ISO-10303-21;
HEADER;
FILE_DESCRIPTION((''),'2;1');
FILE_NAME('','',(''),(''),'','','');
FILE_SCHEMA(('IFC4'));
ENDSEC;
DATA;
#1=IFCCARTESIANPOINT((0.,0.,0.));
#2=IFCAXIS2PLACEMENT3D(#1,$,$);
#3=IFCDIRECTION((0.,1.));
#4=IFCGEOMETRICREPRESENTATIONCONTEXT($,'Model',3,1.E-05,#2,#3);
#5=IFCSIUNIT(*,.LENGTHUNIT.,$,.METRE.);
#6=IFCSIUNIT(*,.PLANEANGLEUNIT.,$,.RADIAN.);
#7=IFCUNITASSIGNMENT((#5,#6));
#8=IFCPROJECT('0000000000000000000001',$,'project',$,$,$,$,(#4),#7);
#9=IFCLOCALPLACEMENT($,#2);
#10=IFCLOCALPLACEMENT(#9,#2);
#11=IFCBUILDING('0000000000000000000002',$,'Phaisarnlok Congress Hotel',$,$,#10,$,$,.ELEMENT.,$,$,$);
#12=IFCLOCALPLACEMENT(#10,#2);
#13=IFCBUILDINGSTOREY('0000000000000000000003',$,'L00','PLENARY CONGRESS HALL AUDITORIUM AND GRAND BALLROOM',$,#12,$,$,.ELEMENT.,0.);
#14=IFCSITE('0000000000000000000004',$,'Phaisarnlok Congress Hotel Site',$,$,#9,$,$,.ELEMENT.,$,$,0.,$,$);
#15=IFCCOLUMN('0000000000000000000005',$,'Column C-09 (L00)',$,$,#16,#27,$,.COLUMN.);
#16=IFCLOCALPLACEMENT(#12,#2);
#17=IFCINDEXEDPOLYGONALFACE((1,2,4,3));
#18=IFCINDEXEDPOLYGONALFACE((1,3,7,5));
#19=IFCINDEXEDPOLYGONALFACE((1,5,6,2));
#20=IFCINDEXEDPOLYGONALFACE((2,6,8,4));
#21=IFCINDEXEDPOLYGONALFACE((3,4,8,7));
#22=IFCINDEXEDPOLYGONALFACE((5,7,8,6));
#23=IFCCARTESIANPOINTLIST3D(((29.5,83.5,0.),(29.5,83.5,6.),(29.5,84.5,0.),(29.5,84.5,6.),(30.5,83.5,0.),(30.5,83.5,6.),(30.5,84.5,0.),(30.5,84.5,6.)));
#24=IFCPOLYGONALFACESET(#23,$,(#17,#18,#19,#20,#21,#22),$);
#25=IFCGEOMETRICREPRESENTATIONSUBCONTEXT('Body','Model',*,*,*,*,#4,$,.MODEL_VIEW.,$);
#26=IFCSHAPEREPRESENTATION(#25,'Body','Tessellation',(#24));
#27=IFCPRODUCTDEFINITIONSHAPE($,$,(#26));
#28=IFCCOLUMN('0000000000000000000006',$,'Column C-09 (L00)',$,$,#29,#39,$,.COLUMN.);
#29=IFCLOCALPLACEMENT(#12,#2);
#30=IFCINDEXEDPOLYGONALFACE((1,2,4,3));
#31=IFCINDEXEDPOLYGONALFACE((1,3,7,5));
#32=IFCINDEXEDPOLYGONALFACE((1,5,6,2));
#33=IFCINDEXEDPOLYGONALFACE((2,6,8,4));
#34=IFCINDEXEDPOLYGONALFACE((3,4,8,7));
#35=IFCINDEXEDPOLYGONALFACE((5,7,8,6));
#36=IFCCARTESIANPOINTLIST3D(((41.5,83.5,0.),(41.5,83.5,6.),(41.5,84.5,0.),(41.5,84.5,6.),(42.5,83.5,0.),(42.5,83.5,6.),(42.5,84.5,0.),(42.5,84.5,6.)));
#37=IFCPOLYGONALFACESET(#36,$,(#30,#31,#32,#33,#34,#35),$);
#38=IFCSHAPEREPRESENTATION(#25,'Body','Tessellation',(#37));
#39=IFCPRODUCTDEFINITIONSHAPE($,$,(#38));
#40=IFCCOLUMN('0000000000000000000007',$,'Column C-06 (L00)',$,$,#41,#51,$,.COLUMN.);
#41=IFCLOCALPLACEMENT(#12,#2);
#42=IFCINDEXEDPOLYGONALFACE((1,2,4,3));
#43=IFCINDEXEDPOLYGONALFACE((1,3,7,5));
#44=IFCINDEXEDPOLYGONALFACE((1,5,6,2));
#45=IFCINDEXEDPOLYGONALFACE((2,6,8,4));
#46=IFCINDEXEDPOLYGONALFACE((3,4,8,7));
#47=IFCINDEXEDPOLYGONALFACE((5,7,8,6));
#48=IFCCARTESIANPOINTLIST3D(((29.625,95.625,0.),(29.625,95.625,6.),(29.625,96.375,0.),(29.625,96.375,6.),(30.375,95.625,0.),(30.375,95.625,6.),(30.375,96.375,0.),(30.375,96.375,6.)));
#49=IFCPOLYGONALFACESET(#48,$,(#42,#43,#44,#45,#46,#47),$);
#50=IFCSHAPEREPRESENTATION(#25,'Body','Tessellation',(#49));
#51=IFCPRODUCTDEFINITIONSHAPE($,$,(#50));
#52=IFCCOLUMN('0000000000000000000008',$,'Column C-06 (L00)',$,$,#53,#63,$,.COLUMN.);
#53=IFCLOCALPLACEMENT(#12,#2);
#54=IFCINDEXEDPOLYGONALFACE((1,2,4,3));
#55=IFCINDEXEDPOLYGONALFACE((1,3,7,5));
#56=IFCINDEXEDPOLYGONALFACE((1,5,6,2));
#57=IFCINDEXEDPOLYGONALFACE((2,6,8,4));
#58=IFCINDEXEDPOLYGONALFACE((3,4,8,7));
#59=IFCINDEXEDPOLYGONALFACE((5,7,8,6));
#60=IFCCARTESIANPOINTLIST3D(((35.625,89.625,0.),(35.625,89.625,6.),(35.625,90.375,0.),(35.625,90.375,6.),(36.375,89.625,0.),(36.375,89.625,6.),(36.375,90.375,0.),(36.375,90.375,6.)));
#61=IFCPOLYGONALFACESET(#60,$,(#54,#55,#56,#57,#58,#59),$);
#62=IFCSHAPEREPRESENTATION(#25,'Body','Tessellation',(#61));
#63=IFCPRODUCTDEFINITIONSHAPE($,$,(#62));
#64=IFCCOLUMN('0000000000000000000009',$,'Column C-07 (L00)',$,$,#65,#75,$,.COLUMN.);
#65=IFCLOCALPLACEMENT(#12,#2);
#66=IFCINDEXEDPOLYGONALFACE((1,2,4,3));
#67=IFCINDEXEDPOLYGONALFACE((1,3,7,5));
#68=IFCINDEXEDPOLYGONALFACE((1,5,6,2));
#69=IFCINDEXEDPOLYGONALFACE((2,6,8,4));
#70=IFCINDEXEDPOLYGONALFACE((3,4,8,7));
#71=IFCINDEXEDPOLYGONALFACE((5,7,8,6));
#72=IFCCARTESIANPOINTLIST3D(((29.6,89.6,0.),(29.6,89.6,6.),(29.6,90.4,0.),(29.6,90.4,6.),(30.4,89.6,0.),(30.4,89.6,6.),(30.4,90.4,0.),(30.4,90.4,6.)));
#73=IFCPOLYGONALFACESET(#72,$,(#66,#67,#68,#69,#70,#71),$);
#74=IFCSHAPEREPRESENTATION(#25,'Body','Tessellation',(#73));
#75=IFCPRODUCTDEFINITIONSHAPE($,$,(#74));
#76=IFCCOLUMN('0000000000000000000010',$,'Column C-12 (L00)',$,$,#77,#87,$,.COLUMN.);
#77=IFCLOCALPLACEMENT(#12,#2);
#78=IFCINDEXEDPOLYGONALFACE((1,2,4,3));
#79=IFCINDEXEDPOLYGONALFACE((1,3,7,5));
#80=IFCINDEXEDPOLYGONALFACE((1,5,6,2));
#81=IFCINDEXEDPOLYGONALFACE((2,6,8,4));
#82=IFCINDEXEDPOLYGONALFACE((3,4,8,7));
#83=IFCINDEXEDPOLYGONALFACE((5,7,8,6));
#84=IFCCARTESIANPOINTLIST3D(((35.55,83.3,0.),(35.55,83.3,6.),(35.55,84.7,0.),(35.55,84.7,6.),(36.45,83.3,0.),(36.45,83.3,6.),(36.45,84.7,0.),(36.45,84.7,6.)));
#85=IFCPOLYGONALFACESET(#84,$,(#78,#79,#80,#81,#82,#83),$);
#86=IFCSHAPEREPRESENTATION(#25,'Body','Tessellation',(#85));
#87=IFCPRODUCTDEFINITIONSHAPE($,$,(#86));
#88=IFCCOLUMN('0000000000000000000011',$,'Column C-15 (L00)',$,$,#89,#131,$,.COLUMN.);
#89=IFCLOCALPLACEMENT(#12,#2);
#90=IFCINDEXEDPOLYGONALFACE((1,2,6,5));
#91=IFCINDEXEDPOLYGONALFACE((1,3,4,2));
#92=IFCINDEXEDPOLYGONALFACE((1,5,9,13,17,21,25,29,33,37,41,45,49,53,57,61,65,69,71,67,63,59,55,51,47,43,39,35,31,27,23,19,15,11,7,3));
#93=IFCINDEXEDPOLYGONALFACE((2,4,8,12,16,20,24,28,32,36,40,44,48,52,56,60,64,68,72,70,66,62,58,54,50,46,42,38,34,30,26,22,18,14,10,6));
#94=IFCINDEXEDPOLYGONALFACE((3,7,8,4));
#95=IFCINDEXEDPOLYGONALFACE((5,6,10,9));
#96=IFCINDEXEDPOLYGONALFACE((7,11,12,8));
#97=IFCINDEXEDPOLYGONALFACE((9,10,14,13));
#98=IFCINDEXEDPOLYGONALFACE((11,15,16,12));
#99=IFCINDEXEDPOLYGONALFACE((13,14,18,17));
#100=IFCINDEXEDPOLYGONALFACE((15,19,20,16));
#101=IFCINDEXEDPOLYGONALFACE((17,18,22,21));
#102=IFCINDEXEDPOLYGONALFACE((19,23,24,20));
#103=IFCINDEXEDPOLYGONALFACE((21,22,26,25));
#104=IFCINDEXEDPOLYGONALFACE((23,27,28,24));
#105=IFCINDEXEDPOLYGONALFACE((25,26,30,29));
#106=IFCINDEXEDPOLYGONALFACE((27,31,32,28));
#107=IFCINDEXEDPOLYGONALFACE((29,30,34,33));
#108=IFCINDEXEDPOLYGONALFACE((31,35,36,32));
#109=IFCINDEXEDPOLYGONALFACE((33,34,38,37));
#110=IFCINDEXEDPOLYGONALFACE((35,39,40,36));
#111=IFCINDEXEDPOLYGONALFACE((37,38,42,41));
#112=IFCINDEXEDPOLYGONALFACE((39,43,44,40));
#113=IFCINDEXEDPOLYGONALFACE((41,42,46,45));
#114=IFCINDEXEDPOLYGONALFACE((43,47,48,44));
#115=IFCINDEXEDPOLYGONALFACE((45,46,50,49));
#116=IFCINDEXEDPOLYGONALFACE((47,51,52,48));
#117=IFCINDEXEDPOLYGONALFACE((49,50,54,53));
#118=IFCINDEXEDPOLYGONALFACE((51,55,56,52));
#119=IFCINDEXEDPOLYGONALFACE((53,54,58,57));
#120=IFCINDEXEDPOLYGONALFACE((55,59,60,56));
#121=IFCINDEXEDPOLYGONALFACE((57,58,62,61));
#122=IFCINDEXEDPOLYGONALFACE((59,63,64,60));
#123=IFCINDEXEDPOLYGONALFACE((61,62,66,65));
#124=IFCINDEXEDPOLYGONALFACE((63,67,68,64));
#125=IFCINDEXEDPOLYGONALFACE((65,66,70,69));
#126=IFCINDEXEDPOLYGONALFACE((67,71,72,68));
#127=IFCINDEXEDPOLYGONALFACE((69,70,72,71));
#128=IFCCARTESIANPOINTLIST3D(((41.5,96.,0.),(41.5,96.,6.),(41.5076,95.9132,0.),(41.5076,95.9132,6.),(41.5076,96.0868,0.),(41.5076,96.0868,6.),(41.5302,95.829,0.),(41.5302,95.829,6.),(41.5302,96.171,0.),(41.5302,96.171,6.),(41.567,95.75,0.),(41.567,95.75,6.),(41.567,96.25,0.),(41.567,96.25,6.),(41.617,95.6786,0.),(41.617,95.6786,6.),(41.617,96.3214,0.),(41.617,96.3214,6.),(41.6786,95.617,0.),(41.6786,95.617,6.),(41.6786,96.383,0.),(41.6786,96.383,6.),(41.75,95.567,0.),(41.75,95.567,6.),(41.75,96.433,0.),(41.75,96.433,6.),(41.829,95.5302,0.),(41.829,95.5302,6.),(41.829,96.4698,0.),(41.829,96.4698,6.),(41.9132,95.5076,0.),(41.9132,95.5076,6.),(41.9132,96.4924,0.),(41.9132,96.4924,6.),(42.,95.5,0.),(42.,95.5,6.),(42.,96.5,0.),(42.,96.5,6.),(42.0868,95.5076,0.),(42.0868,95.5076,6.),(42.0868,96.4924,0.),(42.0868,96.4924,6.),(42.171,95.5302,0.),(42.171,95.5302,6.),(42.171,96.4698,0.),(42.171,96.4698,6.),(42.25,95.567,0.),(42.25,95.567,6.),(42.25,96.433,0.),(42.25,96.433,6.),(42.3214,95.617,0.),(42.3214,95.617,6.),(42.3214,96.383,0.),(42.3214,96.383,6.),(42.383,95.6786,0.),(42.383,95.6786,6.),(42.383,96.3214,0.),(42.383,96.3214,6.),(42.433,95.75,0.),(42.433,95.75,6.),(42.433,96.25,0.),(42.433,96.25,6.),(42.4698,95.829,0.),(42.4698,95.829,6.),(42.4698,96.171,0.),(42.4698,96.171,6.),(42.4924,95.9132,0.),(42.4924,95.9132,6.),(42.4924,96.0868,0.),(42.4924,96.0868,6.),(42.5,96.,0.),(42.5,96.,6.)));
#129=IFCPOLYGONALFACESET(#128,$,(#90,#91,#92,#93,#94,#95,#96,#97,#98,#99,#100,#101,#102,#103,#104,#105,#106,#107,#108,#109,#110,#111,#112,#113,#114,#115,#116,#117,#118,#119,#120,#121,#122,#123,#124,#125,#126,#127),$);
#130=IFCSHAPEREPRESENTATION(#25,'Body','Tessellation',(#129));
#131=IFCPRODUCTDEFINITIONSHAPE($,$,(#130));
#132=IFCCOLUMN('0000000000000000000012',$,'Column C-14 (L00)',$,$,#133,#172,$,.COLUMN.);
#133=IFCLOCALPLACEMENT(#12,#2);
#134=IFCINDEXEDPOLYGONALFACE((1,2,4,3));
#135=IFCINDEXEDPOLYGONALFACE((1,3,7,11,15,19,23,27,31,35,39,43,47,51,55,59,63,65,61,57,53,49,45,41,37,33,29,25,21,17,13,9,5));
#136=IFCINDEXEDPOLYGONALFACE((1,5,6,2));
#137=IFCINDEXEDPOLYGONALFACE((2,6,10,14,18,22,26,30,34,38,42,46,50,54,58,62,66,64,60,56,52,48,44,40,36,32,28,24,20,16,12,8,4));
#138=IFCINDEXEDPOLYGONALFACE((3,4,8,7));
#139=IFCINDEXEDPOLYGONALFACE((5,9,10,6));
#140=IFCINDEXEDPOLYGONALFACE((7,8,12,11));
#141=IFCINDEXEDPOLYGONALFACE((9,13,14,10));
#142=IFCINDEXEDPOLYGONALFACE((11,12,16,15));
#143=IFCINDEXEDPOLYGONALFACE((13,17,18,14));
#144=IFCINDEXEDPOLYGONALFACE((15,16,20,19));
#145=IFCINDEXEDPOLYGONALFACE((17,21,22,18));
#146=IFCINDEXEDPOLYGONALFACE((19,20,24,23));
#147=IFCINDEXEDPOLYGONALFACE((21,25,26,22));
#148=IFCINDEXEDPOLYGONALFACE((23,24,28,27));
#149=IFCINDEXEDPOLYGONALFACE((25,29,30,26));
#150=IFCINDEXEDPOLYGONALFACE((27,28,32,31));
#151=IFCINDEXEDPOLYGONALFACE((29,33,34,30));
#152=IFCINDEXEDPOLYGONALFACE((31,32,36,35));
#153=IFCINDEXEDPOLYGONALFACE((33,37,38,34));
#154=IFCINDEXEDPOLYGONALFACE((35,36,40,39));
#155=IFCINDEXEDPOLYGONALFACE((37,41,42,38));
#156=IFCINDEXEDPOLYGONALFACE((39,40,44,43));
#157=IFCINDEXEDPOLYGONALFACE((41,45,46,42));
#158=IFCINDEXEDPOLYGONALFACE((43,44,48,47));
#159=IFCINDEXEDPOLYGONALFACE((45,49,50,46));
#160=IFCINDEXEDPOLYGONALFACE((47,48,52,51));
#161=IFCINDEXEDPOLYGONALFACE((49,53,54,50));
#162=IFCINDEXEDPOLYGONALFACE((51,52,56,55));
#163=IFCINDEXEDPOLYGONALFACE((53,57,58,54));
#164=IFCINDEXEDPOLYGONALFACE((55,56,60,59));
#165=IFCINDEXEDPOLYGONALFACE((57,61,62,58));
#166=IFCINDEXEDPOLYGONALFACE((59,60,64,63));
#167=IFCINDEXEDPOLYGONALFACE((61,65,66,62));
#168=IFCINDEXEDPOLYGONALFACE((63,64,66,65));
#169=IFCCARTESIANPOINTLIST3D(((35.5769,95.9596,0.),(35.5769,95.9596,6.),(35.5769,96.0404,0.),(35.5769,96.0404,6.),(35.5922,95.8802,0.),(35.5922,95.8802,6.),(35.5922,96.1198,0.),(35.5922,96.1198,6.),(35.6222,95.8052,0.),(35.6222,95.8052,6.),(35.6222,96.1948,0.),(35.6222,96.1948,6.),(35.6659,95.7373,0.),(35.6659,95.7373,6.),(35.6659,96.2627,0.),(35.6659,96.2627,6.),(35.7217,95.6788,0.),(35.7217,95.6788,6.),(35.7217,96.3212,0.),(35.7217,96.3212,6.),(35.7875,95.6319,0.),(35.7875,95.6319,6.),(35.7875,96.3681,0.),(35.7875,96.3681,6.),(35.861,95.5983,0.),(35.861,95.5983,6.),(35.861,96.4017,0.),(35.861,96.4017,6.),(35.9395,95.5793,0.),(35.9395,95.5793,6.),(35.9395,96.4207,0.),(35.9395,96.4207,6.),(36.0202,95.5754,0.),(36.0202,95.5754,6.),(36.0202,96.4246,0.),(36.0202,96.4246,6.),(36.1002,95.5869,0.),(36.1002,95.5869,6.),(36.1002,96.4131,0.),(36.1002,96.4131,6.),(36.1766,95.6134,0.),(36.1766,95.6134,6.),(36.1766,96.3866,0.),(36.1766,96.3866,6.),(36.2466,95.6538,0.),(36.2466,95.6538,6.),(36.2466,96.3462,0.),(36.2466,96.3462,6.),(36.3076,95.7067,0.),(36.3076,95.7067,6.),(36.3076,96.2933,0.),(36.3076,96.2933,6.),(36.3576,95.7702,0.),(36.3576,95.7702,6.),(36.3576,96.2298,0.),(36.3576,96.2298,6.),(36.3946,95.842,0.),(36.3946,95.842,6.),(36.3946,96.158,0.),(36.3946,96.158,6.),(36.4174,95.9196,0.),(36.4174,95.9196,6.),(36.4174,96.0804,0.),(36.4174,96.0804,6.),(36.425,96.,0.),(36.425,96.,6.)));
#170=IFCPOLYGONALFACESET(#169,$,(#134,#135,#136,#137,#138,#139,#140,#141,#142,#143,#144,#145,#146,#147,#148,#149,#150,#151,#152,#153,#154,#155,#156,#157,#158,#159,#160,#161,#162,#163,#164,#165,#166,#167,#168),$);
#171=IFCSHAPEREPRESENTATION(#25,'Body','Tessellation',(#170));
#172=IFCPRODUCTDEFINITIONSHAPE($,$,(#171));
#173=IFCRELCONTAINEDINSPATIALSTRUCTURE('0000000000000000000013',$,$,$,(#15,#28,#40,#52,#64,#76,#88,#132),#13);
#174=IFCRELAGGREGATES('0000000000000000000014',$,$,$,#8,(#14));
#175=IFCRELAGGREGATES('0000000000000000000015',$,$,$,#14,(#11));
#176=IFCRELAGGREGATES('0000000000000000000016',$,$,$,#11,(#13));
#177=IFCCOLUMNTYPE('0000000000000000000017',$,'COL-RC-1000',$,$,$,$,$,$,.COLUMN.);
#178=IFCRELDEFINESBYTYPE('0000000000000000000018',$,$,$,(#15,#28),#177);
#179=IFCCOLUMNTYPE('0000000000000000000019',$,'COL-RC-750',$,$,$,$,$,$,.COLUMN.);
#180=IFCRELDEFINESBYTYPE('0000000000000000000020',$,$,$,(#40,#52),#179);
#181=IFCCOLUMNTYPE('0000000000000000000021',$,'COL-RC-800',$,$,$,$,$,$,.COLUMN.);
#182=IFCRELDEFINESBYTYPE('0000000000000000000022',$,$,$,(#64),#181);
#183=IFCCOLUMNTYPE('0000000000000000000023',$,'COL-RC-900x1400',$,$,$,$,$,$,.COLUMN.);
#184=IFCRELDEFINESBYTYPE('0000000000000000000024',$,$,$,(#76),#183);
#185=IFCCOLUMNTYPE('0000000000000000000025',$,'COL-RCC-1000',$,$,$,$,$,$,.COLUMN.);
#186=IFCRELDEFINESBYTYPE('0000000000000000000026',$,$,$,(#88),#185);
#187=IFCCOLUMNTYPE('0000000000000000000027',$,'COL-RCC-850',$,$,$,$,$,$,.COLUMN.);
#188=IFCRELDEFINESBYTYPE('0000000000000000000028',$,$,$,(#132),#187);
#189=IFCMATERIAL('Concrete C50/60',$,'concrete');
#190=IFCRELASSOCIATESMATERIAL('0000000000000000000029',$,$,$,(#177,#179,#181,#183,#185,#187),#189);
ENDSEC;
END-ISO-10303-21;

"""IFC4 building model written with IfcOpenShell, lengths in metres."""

from ifc_helpers import new_model, si_unit, direction, frame, origin, origin_2d, place, context, subcontext, project, spatial, rectangle, circle, extrude, material, material_profile, profile_set, type_object, element, save


model = new_model("IFC4")

# Units and contexts
model_context = context("Model", 3, precision=1e-05, world=origin(), true_north=direction((0.0, 1.0)))
body_context = subcontext(model_context, "Body", "Model", "MODEL_VIEW")
ifc_project = project(units=[si_unit("LENGTHUNIT", "METRE"), si_unit("PLANEANGLEUNIT", "RADIAN")], contexts=[model_context])

# Site, building, storey
site_placement = place(None, origin())
site = spatial("IfcSite", under=ifc_project, at=site_placement, Name="Phaisarnlok Congress Hotel Site", CompositionType="ELEMENT", RefElevation=0.0)
building_placement = place(site_placement, origin())
building = spatial("IfcBuilding", under=site, at=building_placement, Name="Phaisarnlok Congress Hotel", CompositionType="ELEMENT")
storey_placement = place(building_placement, origin())
storey = spatial("IfcBuildingStorey", under=building, at=storey_placement, Name="L00", Description="PLENARY CONGRESS HALL AUDITORIUM AND GRAND BALLROOM", CompositionType="ELEMENT", Elevation=0.0)

# Columns
ifc_material_1 = material(Name="Concrete C50/60", Category="concrete")
ifc_material_profile_1 = material_profile(ifc_material_1, rectangle(XDim=1.0, YDim=1.0, at=origin_2d()), Name="RC 1000x1000")
ifc_profile_set_1 = profile_set([ifc_material_profile_1], Name="Concrete C50/60")
column_type_1 = type_object("IfcColumnType", Name="COL-RC-1000", PredefinedType="COLUMN", material=ifc_profile_set_1)
for number, where, z_axis, x_axis, name in (
    (1, (30.0, 84.0, 0.0), (0.0, 0.0, 1.0), (1.0, 0.0, 0.0), "Column C-09 (L00)"),
    (2, (42.0, 84.0, 0.0), (0.0, 0.0, 1.0), (1.0, 0.0, 0.0), "Column C-09 (L00)"),
):
    element("IfcColumn", number, at=place(storey_placement, frame(where, z_axis=z_axis, x_axis=x_axis)), inside=storey, type_object=column_type_1, Name=name, PredefinedType="COLUMN", context=body_context, shape_type="SweptSolid", body=[
        extrude(rectangle(XDim=1.0, YDim=1.0, at=origin_2d()), origin(), (0.0, 0.0, 1.0), 6.0),
    ])
ifc_material_profile_2 = material_profile(ifc_material_1, rectangle(XDim=0.75, YDim=0.75, at=origin_2d()), Name="RC 750x750")
ifc_profile_set_2 = profile_set([ifc_material_profile_2], Name="Concrete C50/60")
column_type_2 = type_object("IfcColumnType", Name="COL-RC-750", PredefinedType="COLUMN", material=ifc_profile_set_2)
for number, where, z_axis, x_axis, name in (
    (3, (30.0, 96.0, 0.0), (0.0, 0.0, 1.0), (1.0, 0.0, 0.0), "Column C-06 (L00)"),
    (4, (36.0, 90.0, 0.0), (0.0, 0.0, 1.0), (1.0, 0.0, 0.0), "Column C-06 (L00)"),
):
    element("IfcColumn", number, at=place(storey_placement, frame(where, z_axis=z_axis, x_axis=x_axis)), inside=storey, type_object=column_type_2, Name=name, PredefinedType="COLUMN", context=body_context, shape_type="SweptSolid", body=[
        extrude(rectangle(XDim=0.75, YDim=0.75, at=origin_2d()), origin(), (0.0, 0.0, 1.0), 6.0),
    ])
ifc_material_profile_3 = material_profile(ifc_material_1, rectangle(XDim=0.8, YDim=0.8, at=origin_2d()), Name="RC 800x800")
ifc_profile_set_3 = profile_set([ifc_material_profile_3], Name="Concrete C50/60")
column_type_3 = type_object("IfcColumnType", Name="COL-RC-800", PredefinedType="COLUMN", material=ifc_profile_set_3)
column_1_placement = place(storey_placement, frame((30.0, 90.0, 0.0), z_axis=(0.0, 0.0, 1.0), x_axis=(1.0, 0.0, 0.0)))
element("IfcColumn", 5, at=column_1_placement, inside=storey, type_object=column_type_3, Name="Column C-07 (L00)", PredefinedType="COLUMN", context=body_context, shape_type="SweptSolid", body=[
    extrude(rectangle(XDim=0.8, YDim=0.8, at=origin_2d()), origin(), (0.0, 0.0, 1.0), 6.0),
])
ifc_material_profile_4 = material_profile(ifc_material_1, rectangle(XDim=0.8999, YDim=1.3999, at=origin_2d()), Name="RC 900x1400")
ifc_profile_set_4 = profile_set([ifc_material_profile_4], Name="Concrete C50/60")
column_type_4 = type_object("IfcColumnType", Name="COL-RC-900x1400", PredefinedType="COLUMN", material=ifc_profile_set_4)
column_2_placement = place(storey_placement, frame((36.0, 84.0, 0.0), z_axis=(0.0, 0.0, 1.0), x_axis=(1.0, 0.0, 0.0)))
element("IfcColumn", 6, at=column_2_placement, inside=storey, type_object=column_type_4, Name="Column C-12 (L00)", PredefinedType="COLUMN", context=body_context, shape_type="SweptSolid", body=[
    extrude(rectangle(XDim=0.8999, YDim=1.3999, at=origin_2d()), origin(), (0.0, 0.0, 1.0), 6.0),
])
ifc_material_profile_5 = material_profile(ifc_material_1, circle(Radius=0.5, at=origin_2d()), Name="RCC D1000")
ifc_profile_set_5 = profile_set([ifc_material_profile_5], Name="Concrete C50/60")
column_type_5 = type_object("IfcColumnType", Name="COL-RCC-1000", PredefinedType="COLUMN", material=ifc_profile_set_5)
column_3_placement = place(storey_placement, frame((42.0, 96.0, 0.0), z_axis=(0.0, 0.0, 1.0), x_axis=(1.0, 0.0, 0.0)))
element("IfcColumn", 7, at=column_3_placement, inside=storey, type_object=column_type_5, Name="Column C-15 (L00)", PredefinedType="COLUMN", context=body_context, shape_type="SweptSolid", body=[
    extrude(circle(Radius=0.5, at=origin_2d()), origin(), (0.0, 0.0, 1.0), 6.0),
])
ifc_material_profile_6 = material_profile(ifc_material_1, circle(Radius=0.425, at=origin_2d()), Name="RCC D850")
ifc_profile_set_6 = profile_set([ifc_material_profile_6], Name="Concrete C50/60")
column_type_6 = type_object("IfcColumnType", Name="COL-RCC-850", PredefinedType="COLUMN", material=ifc_profile_set_6)
for number, where, z_axis, x_axis, name in (
    (8, (36.0, 96.0, 0.0), (0.0, 0.0, 1.0), (1.0, 0.0, 0.0), "Column C-14 (L00)"),
):
    element("IfcColumn", number, at=place(storey_placement, frame(where, z_axis=z_axis, x_axis=x_axis)), inside=storey, type_object=column_type_6, Name=name, PredefinedType="COLUMN", context=body_context, shape_type="SweptSolid", body=[
        extrude(circle(Radius=0.425, at=origin_2d()), origin(), (0.0, 0.0, 1.0), 6.0),
    ])

save(model, "model.ifc")
